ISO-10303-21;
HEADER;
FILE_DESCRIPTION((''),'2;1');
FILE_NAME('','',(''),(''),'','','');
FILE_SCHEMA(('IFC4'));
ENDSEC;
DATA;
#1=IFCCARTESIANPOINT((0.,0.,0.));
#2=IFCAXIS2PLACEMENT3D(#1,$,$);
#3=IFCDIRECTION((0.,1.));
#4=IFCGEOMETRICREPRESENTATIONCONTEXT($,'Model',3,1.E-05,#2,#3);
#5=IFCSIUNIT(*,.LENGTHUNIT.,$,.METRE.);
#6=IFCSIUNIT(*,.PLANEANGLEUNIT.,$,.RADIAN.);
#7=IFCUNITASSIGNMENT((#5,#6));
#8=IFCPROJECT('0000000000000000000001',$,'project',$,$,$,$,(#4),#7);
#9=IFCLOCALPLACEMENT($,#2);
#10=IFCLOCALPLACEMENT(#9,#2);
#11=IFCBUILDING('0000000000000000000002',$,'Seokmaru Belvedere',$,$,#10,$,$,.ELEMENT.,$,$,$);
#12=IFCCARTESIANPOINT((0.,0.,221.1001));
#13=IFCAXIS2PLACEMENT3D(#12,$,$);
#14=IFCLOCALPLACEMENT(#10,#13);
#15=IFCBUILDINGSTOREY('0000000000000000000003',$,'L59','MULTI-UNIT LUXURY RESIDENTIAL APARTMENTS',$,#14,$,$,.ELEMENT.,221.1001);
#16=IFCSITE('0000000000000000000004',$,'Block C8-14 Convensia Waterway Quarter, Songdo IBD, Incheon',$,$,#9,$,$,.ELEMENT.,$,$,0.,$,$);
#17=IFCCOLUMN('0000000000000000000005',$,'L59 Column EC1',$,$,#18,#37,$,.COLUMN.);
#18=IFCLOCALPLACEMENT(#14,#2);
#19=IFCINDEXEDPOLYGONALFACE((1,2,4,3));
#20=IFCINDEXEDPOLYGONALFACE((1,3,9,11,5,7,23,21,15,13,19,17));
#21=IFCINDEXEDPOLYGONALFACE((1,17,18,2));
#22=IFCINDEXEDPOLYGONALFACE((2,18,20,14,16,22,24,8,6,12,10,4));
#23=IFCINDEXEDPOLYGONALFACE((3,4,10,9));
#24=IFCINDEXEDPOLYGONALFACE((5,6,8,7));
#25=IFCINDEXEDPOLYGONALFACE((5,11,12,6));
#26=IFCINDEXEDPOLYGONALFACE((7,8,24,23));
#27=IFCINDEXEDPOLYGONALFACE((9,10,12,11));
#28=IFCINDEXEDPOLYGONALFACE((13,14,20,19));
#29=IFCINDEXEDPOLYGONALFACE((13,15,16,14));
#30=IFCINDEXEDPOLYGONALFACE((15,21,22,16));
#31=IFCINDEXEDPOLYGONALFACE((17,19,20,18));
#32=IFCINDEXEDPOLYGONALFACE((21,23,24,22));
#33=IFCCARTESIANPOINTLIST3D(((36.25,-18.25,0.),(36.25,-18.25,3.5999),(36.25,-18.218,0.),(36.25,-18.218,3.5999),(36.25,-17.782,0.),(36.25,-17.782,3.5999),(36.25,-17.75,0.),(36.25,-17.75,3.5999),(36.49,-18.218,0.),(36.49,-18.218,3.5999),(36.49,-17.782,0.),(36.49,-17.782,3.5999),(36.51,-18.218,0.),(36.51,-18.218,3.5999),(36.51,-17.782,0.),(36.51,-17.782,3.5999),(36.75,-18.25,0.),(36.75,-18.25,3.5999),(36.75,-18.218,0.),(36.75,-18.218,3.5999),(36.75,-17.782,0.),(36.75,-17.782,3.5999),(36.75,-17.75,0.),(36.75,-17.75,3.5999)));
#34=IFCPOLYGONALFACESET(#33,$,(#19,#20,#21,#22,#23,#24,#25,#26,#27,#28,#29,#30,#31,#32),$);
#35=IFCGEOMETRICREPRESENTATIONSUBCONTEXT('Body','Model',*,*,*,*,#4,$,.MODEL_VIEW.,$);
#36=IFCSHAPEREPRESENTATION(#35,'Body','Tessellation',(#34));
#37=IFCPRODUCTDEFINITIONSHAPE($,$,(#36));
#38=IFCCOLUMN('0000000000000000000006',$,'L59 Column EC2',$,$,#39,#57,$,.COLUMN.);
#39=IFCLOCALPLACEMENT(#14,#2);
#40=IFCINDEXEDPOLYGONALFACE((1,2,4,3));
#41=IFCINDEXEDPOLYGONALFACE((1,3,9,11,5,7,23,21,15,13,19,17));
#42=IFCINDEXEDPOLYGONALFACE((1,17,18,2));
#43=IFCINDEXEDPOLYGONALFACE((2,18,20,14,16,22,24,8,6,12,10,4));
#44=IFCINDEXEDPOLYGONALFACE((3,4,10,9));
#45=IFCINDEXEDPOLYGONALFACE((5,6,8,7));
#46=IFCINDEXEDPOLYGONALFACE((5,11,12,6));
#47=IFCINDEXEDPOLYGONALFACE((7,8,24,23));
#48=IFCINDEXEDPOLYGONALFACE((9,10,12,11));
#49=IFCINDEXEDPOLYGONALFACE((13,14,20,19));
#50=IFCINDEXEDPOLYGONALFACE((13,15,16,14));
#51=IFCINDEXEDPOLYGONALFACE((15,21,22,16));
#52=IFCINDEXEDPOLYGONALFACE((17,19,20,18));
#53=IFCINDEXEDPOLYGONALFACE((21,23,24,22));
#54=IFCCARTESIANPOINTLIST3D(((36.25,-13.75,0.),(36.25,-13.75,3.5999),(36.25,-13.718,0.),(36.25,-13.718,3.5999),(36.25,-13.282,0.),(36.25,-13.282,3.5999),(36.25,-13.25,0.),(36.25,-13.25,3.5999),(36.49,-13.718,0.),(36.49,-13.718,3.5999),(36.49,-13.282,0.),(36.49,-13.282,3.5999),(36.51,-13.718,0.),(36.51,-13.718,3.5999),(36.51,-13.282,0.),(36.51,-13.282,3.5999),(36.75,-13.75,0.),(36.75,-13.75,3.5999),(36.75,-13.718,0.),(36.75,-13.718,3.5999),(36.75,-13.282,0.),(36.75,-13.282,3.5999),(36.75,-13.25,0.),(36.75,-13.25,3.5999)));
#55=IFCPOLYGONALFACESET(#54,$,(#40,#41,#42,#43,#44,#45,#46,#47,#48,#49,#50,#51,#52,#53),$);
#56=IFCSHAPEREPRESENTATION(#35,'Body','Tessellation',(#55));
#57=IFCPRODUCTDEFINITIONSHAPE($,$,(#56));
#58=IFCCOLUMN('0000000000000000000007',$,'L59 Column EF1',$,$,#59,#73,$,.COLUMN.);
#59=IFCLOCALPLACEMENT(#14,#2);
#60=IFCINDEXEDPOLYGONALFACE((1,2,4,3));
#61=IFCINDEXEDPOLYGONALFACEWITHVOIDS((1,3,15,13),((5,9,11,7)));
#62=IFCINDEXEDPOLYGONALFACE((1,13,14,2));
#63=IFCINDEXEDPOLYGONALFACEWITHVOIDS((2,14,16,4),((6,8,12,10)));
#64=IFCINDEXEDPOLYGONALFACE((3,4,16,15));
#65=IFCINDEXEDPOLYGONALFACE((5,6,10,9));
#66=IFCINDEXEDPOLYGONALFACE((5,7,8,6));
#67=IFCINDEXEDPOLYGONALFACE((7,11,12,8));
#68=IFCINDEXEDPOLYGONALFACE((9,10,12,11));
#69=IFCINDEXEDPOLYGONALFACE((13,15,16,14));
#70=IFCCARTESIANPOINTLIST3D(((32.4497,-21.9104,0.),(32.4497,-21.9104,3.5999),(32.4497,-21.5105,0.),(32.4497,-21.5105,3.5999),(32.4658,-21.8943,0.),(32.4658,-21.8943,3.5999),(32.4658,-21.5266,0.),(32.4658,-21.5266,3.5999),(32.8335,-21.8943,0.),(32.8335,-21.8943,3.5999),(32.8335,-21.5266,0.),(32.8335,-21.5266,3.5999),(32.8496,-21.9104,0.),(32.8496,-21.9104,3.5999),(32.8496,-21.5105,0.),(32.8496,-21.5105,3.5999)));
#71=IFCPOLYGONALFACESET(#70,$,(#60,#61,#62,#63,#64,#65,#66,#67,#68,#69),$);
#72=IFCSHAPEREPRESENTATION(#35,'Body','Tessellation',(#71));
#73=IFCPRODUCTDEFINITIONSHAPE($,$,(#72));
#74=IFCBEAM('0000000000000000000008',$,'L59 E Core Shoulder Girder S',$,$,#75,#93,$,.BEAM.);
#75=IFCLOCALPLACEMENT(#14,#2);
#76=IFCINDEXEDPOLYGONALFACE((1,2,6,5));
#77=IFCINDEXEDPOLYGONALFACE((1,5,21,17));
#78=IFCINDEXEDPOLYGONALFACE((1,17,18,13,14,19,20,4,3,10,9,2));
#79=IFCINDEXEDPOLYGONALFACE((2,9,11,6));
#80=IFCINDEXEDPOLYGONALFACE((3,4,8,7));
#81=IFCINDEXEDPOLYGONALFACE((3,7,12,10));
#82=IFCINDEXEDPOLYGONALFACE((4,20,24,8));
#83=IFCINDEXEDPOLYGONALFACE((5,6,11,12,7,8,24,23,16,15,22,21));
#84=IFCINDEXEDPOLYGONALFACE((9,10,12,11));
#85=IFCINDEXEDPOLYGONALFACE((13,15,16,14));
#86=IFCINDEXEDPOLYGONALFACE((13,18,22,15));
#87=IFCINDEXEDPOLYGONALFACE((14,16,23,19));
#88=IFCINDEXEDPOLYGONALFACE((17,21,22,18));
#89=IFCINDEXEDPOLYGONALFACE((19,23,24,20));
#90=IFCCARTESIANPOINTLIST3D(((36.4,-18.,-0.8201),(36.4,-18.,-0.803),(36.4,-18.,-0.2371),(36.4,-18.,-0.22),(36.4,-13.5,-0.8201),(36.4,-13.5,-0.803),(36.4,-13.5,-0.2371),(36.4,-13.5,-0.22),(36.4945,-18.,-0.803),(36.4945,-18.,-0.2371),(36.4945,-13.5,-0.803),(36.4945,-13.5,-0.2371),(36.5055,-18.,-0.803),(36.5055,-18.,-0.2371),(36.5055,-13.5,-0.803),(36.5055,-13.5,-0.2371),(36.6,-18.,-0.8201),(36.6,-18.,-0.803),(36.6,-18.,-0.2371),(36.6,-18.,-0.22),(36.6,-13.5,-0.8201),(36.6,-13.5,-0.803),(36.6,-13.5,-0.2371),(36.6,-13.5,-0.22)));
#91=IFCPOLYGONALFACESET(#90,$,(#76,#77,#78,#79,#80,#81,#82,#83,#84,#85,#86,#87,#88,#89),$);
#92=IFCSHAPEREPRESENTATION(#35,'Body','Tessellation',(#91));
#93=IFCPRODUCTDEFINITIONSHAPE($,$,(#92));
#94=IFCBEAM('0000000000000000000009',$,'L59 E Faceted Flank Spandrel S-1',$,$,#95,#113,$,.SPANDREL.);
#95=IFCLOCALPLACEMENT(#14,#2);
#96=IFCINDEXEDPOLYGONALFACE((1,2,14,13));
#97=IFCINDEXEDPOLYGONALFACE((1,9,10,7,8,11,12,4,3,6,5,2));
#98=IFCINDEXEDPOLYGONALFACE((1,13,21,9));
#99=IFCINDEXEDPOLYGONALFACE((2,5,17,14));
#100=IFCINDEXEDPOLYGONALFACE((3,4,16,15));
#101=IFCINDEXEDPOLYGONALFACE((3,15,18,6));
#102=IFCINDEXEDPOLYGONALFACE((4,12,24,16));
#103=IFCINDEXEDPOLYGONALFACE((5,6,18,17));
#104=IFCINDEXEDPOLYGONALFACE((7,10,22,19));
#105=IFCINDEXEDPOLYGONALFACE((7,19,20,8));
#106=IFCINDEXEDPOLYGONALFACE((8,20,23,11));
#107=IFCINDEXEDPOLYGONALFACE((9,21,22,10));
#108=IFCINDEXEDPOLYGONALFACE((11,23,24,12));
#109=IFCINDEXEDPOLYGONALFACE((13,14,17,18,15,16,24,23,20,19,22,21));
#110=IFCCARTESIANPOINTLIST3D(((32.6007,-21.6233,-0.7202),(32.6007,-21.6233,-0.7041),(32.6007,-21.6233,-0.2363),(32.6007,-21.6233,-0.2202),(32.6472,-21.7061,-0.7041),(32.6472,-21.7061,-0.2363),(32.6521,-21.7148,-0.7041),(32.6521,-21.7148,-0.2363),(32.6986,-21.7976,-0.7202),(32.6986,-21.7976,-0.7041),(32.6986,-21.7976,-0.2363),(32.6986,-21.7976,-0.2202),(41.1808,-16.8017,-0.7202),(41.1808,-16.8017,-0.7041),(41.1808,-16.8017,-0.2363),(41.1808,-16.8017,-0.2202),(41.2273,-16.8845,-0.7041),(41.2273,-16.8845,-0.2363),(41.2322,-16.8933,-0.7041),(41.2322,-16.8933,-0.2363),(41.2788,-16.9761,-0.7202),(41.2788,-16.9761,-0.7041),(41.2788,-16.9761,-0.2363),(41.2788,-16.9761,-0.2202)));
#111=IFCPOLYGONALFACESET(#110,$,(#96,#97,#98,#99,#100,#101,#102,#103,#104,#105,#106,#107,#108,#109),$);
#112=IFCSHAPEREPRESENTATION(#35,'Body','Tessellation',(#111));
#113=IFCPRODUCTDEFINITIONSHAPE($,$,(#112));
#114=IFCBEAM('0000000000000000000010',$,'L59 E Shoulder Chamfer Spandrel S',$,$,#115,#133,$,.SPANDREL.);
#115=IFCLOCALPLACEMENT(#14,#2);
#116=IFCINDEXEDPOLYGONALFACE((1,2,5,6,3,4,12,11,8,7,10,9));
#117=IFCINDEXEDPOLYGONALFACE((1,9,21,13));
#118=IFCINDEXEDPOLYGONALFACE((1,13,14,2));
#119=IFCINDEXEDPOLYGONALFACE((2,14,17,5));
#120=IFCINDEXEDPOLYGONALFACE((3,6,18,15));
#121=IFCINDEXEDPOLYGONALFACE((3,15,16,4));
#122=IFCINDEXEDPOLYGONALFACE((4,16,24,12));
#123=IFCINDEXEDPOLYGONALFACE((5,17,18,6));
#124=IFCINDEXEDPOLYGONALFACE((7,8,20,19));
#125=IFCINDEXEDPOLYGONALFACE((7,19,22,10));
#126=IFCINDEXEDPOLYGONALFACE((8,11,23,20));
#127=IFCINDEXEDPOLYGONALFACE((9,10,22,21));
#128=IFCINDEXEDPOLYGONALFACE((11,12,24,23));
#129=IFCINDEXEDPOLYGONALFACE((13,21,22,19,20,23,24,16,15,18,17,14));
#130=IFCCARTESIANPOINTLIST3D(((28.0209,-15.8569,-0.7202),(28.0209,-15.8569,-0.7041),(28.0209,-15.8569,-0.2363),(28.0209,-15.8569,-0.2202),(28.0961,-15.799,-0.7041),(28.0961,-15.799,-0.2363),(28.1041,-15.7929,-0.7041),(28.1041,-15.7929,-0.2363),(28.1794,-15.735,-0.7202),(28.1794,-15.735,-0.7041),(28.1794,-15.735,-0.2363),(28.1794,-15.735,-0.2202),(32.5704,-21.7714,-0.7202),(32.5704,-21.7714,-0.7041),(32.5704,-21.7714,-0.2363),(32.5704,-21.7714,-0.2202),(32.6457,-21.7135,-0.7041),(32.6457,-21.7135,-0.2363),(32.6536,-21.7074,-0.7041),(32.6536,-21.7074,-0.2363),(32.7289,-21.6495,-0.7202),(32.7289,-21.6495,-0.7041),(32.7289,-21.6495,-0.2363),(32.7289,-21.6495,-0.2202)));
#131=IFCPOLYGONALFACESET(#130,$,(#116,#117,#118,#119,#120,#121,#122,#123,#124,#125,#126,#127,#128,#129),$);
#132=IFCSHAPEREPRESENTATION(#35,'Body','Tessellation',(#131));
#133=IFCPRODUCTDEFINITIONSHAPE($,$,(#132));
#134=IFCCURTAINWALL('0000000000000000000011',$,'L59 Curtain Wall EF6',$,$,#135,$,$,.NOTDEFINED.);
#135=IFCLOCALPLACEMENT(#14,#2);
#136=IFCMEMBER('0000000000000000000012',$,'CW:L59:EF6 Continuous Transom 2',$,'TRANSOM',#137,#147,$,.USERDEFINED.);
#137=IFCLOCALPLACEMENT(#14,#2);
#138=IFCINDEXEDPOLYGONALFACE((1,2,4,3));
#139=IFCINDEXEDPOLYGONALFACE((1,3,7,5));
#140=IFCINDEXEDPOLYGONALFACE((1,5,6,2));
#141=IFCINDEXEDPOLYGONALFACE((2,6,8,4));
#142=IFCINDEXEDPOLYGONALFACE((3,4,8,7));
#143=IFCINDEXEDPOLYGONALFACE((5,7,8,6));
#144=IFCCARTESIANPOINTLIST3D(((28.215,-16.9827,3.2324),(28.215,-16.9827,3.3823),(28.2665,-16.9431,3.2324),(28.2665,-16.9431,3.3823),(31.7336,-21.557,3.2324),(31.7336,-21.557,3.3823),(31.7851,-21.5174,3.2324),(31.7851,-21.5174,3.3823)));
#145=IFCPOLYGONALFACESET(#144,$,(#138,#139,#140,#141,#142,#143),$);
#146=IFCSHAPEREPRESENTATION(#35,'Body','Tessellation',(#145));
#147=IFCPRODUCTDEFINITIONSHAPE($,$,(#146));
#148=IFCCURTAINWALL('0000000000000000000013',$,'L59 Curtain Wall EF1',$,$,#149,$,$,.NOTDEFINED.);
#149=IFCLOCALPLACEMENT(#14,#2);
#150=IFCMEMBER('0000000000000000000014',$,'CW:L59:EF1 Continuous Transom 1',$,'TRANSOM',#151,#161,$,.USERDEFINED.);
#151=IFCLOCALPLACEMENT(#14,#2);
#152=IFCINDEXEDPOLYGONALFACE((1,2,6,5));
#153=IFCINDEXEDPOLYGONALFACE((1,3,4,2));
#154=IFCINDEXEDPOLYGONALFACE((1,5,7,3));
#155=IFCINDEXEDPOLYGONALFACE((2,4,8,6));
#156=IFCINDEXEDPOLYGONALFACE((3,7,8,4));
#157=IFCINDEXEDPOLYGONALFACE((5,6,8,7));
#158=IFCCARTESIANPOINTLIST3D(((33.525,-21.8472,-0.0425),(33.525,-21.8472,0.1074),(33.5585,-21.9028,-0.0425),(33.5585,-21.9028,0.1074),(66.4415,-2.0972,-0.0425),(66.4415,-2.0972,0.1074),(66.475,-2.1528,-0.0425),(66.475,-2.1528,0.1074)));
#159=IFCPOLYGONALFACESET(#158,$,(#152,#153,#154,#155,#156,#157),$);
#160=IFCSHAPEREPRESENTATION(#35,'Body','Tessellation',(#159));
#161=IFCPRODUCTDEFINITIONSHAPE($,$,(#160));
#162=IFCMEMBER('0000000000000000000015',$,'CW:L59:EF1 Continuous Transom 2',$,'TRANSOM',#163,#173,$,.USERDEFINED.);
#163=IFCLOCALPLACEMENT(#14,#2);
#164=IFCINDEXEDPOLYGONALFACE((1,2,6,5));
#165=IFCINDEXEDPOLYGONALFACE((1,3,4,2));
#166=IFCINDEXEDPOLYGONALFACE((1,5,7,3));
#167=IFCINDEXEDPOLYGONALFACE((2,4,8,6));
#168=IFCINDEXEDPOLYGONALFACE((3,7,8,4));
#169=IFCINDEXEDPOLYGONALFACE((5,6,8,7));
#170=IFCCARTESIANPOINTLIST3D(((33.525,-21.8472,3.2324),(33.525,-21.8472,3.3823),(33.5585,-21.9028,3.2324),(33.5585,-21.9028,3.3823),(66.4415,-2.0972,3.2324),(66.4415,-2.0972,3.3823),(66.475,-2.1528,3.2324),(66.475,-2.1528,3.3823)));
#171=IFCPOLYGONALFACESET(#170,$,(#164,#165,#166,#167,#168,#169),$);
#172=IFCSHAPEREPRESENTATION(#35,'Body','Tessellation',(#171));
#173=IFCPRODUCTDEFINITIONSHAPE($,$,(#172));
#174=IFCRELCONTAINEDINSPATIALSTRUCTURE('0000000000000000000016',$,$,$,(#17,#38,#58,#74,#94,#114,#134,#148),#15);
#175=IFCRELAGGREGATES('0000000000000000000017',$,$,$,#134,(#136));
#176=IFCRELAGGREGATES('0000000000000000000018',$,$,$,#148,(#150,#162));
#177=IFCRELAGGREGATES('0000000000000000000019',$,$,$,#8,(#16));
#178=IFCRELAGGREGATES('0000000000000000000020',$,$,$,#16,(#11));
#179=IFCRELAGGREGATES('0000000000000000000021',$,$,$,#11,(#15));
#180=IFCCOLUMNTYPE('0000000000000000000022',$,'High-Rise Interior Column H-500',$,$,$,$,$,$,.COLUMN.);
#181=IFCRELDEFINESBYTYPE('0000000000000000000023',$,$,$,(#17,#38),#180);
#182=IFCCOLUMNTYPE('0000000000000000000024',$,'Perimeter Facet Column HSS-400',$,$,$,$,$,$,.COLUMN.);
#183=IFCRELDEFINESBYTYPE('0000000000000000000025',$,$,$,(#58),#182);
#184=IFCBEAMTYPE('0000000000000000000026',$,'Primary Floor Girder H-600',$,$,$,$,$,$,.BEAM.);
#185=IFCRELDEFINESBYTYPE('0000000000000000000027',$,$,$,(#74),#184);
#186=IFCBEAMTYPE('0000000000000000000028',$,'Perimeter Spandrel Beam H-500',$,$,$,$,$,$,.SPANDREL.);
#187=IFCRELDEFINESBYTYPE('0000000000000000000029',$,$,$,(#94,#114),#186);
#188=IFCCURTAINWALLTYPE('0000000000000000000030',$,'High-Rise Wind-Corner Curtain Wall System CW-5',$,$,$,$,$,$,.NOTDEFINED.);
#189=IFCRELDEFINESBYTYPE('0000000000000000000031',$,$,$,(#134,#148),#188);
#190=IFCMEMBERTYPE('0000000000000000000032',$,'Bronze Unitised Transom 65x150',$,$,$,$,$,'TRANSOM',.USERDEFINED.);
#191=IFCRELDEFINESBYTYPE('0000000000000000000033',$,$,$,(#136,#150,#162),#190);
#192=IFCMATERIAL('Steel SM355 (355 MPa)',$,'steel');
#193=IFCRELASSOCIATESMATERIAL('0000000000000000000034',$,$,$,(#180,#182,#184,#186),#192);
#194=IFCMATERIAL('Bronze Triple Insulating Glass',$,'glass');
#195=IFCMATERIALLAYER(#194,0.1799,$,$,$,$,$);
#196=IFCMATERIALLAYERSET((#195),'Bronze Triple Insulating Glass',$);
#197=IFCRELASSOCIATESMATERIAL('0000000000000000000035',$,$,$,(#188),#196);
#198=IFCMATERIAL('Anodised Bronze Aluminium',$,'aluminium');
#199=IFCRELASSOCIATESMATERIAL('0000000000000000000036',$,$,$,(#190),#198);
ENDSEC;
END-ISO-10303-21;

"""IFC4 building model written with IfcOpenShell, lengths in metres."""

from ifc_helpers import new_model, si_unit, direction, frame, origin, origin_2d, place, context, subcontext, project, spatial, rectangle, hollow_rectangle, i_section, extrude, source, transform, mapped, material, layer, layer_set, material_profile, profile_set, type_object, type_shapes, element, aggregate, save


model = new_model("IFC4")

# Units and contexts
model_context = context("Model", 3, precision=1e-05, world=origin(), true_north=direction((0.0, 1.0)))
body_context = subcontext(model_context, "Body", "Model", "MODEL_VIEW")
ifc_project = project(units=[si_unit("LENGTHUNIT", "METRE"), si_unit("PLANEANGLEUNIT", "RADIAN")], contexts=[model_context])

# Site, building, storey
site_placement = place(None, origin())
site = spatial("IfcSite", under=ifc_project, at=site_placement, Name="Block C8-14 Convensia Waterway Quarter, Songdo IBD, Incheon", CompositionType="ELEMENT", RefElevation=0.0)
building_placement = place(site_placement, origin())
building = spatial("IfcBuilding", under=site, at=building_placement, Name="Seokmaru Belvedere", CompositionType="ELEMENT")
storey_placement = place(building_placement, frame((0.0, 0.0, 221.1001)))
storey = spatial("IfcBuildingStorey", under=building, at=storey_placement, Name="L59", Description="MULTI-UNIT LUXURY RESIDENTIAL APARTMENTS", CompositionType="ELEMENT", Elevation=221.1001)

# Columns
ifc_material_1 = material(Name="Steel SM355 (355 MPa)", Category="steel")
ifc_material_profile_1 = material_profile(ifc_material_1, i_section(OverallWidth=0.5, OverallDepth=0.5, WebThickness=0.02, FlangeThickness=0.032, at=origin_2d()), Name="H-500x500x20x32")
ifc_profile_set_1 = profile_set([ifc_material_profile_1], Name="Steel SM355 (355 MPa)")
column_type_1 = type_object("IfcColumnType", Name="High-Rise Interior Column H-500", PredefinedType="COLUMN", material=ifc_profile_set_1)
shared_shape_1 = source(origin(), body_context, "Body", "SweptSolid", [
    extrude(i_section(OverallWidth=0.5, OverallDepth=0.5, WebThickness=0.02, FlangeThickness=0.032, at=origin_2d()), origin(), (0.0, 0.0, 1.0), 3.5999),
])
type_shapes(column_type_1, [shared_shape_1])
for number, where, z_axis, x_axis, name in (
    (1, (36.5, -18.0, 0.0), (0.0, 0.0, 1.0), (1.0, 0.0, 0.0), "L59 Column EC1"),
    (2, (36.5, -13.5, 0.0), (0.0, 0.0, 1.0), (1.0, 0.0, 0.0), "L59 Column EC2"),
):
    element("IfcColumn", number, at=place(storey_placement, frame(where, z_axis=z_axis, x_axis=x_axis)), inside=storey, type_object=column_type_1, Name=name, PredefinedType="COLUMN", context=body_context, shape_type="MappedRepresentation", body=[
        mapped(shared_shape_1, transform((0.0, 0.0, 0.0), scale=1.0)),
    ])
ifc_material_profile_2 = material_profile(ifc_material_1, hollow_rectangle(XDim=0.3999, YDim=0.3999, WallThickness=0.0161, at=origin_2d()), Name="HSS-400x400x16")
ifc_profile_set_2 = profile_set([ifc_material_profile_2], Name="Steel SM355 (355 MPa)")
column_type_2 = type_object("IfcColumnType", Name="Perimeter Facet Column HSS-400", PredefinedType="COLUMN", material=ifc_profile_set_2)
shared_shape_2 = source(origin(), body_context, "Body", "SweptSolid", [
    extrude(hollow_rectangle(XDim=0.3999, YDim=0.3999, WallThickness=0.0161, at=origin_2d()), origin(), (0.0, 0.0, 1.0), 3.5999),
])
type_shapes(column_type_2, [shared_shape_2])
column_placement = place(storey_placement, frame((32.6497, -21.7104, 0.0), z_axis=(0.0, 0.0, 1.0), x_axis=(1.0, 0.0, 0.0)))
element("IfcColumn", 3, at=column_placement, inside=storey, type_object=column_type_2, Name="L59 Column EF1", PredefinedType="COLUMN", context=body_context, shape_type="MappedRepresentation", body=[
    mapped(shared_shape_2, transform((0.0, 0.0, 0.0), scale=1.0)),
])

# Beams
ifc_material_profile_3 = material_profile(ifc_material_1, i_section(OverallWidth=0.2, OverallDepth=0.6001, WebThickness=0.011, FlangeThickness=0.0171, at=origin_2d()), Name="H-600x200x11x17")
ifc_profile_set_3 = profile_set([ifc_material_profile_3], Name="Steel SM355 (355 MPa)")
beam_type_1 = type_object("IfcBeamType", Name="Primary Floor Girder H-600", PredefinedType="BEAM", material=ifc_profile_set_3)
shared_shape_3 = source(origin(), body_context, "Body", "SweptSolid", [
    extrude(i_section(OverallWidth=0.2, OverallDepth=0.6001, WebThickness=0.011, FlangeThickness=0.0171, at=origin_2d()), origin(), (0.0, 0.0, 1.0), 4.5),
])
type_shapes(beam_type_1, [shared_shape_3])
beam_1_placement = place(storey_placement, frame((36.5, -18.0, -0.52), z_axis=(0.0, 1.0, 0.0), x_axis=(-1.0, 0.0, 0.0)))
element("IfcBeam", 4, at=beam_1_placement, inside=storey, type_object=beam_type_1, Name="L59 E Core Shoulder Girder S", PredefinedType="BEAM", context=body_context, shape_type="MappedRepresentation", body=[
    mapped(shared_shape_3, transform((0.0, 0.0, 0.0), scale=1.0)),
])
ifc_material_profile_4 = material_profile(ifc_material_1, i_section(OverallWidth=0.2, OverallDepth=0.5, WebThickness=0.01, FlangeThickness=0.0161, at=origin_2d()), Name="H-500x200x10x16")
ifc_profile_set_4 = profile_set([ifc_material_profile_4], Name="Steel SM355 (355 MPa)")
beam_type_2 = type_object("IfcBeamType", Name="Perimeter Spandrel Beam H-500", PredefinedType="SPANDREL", material=ifc_profile_set_4)
shared_shape_4 = source(origin(), body_context, "Body", "SweptSolid", [
    extrude(i_section(OverallWidth=0.2, OverallDepth=0.5, WebThickness=0.01, FlangeThickness=0.0161, at=origin_2d()), origin(), (0.0, 0.0, 1.0), 9.842),
])
beam_2_placement = place(storey_placement, frame((32.6497, -21.7104, -0.4702), z_axis=(0.871782, 0.489894, 0.0), x_axis=(-0.489894, 0.871782, 0.0)))
element("IfcBeam", 5, at=beam_2_placement, inside=storey, type_object=beam_type_2, Name="L59 E Faceted Flank Spandrel S-1", PredefinedType="SPANDREL", context=body_context, shape_type="MappedRepresentation", body=[
    mapped(shared_shape_4, transform((0.0, 0.0, 0.0), scale=1.0)),
])
shared_shape_5 = source(origin(), body_context, "Body", "SweptSolid", [
    extrude(i_section(OverallWidth=0.2, OverallDepth=0.5, WebThickness=0.01, FlangeThickness=0.0161, at=origin_2d()), origin(), (0.0, 0.0, 1.0), 7.4619),
])
type_shapes(beam_type_2, [shared_shape_4, shared_shape_5])
beam_3_placement = place(storey_placement, frame((32.6497, -21.7104, -0.4702), z_axis=(-0.609703, 0.79263, 0.0), x_axis=(-0.79263, -0.609703, 0.0)))
element("IfcBeam", 6, at=beam_3_placement, inside=storey, type_object=beam_type_2, Name="L59 E Shoulder Chamfer Spandrel S", PredefinedType="SPANDREL", context=body_context, shape_type="MappedRepresentation", body=[
    mapped(shared_shape_5, transform((0.0, 0.0, 0.0), scale=1.0)),
])

# Curtain wall, member
ifc_material_2 = material(Name="Bronze Triple Insulating Glass", Category="glass")
ifc_layer_1 = layer(ifc_material_2, 0.1799)
ifc_layer_set_1 = layer_set([ifc_layer_1], Name="Bronze Triple Insulating Glass")
curtain_wall_type = type_object("IfcCurtainWallType", Name="High-Rise Wind-Corner Curtain Wall System CW-5", PredefinedType="NOTDEFINED", material=ifc_layer_set_1)
curtain_wall_1_placement = place(storey_placement, origin())
curtain_wall_1 = element("IfcCurtainWall", 7, at=curtain_wall_1_placement, inside=storey, type_object=curtain_wall_type, Name="L59 Curtain Wall EF6", PredefinedType="NOTDEFINED")
ifc_material_3 = material(Name="Anodised Bronze Aluminium", Category="aluminium")
ifc_material_profile_5 = material_profile(ifc_material_3, rectangle(XDim=0.0649, YDim=0.1499, at=origin_2d()), Name="CW-T-65x150")
ifc_profile_set_5 = profile_set([ifc_material_profile_5], Name="Anodised Bronze Aluminium")
member_type_1 = type_object("IfcMemberType", Name="Bronze Unitised Transom 65x150", ElementType="TRANSOM", PredefinedType="USERDEFINED", material=ifc_profile_set_5)
shared_shape_6 = source(origin(), body_context, "Body", "SweptSolid", [
    extrude(rectangle(XDim=0.0649, YDim=0.1499, at=origin_2d()), origin(), (0.0, 0.0, 1.0), 5.771),
])
member_1_placement = place(storey_placement, frame((28.2407, -16.9629, 3.3074), z_axis=(0.609703, -0.79263, 0.0), x_axis=(0.79263, 0.609703, 0.0)))
member_1 = element("IfcMember", 8, at=member_1_placement, type_object=member_type_1, Name="CW:L59:EF6 Continuous Transom 2", ObjectType="TRANSOM", PredefinedType="USERDEFINED", context=body_context, shape_type="MappedRepresentation", body=[
    mapped(shared_shape_6, transform((0.0, 0.0, 0.0), scale=1.0)),
])

# Curtain wall, members
curtain_wall_2_placement = place(storey_placement, origin())
curtain_wall_2 = element("IfcCurtainWall", 9, at=curtain_wall_2_placement, inside=storey, type_object=curtain_wall_type, Name="L59 Curtain Wall EF1", PredefinedType="NOTDEFINED")
shared_shape_7 = source(origin(), body_context, "Body", "SweptSolid", [
    extrude(rectangle(XDim=0.0649, YDim=0.1499, at=origin_2d()), origin(), (0.0, 0.0, 1.0), 38.387),
])
type_shapes(member_type_1, [shared_shape_6, shared_shape_7])
member_2_placement = place(storey_placement, frame((33.5417, -21.875, 0.0325), z_axis=(0.857492, 0.514498, 0.0), x_axis=(-0.514498, 0.857492, 0.0)))
member_2 = element("IfcMember", 10, at=member_2_placement, type_object=member_type_1, Name="CW:L59:EF1 Continuous Transom 1", ObjectType="TRANSOM", PredefinedType="USERDEFINED", context=body_context, shape_type="MappedRepresentation", body=[
    mapped(shared_shape_7, transform((0.0, 0.0, 0.0), scale=1.0)),
])
member_3_placement = place(storey_placement, frame((33.5417, -21.875, 3.3074), z_axis=(0.857492, 0.514498, 0.0), x_axis=(-0.514498, 0.857492, 0.0)))
member_3 = element("IfcMember", 11, at=member_3_placement, type_object=member_type_1, Name="CW:L59:EF1 Continuous Transom 2", ObjectType="TRANSOM", PredefinedType="USERDEFINED", context=body_context, shape_type="MappedRepresentation", body=[
    mapped(shared_shape_7, transform((0.0, 0.0, 0.0), scale=1.0)),
])

aggregate(curtain_wall_1, [member_1])
aggregate(curtain_wall_2, [member_2, member_3])

save(model, "model.ifc")
